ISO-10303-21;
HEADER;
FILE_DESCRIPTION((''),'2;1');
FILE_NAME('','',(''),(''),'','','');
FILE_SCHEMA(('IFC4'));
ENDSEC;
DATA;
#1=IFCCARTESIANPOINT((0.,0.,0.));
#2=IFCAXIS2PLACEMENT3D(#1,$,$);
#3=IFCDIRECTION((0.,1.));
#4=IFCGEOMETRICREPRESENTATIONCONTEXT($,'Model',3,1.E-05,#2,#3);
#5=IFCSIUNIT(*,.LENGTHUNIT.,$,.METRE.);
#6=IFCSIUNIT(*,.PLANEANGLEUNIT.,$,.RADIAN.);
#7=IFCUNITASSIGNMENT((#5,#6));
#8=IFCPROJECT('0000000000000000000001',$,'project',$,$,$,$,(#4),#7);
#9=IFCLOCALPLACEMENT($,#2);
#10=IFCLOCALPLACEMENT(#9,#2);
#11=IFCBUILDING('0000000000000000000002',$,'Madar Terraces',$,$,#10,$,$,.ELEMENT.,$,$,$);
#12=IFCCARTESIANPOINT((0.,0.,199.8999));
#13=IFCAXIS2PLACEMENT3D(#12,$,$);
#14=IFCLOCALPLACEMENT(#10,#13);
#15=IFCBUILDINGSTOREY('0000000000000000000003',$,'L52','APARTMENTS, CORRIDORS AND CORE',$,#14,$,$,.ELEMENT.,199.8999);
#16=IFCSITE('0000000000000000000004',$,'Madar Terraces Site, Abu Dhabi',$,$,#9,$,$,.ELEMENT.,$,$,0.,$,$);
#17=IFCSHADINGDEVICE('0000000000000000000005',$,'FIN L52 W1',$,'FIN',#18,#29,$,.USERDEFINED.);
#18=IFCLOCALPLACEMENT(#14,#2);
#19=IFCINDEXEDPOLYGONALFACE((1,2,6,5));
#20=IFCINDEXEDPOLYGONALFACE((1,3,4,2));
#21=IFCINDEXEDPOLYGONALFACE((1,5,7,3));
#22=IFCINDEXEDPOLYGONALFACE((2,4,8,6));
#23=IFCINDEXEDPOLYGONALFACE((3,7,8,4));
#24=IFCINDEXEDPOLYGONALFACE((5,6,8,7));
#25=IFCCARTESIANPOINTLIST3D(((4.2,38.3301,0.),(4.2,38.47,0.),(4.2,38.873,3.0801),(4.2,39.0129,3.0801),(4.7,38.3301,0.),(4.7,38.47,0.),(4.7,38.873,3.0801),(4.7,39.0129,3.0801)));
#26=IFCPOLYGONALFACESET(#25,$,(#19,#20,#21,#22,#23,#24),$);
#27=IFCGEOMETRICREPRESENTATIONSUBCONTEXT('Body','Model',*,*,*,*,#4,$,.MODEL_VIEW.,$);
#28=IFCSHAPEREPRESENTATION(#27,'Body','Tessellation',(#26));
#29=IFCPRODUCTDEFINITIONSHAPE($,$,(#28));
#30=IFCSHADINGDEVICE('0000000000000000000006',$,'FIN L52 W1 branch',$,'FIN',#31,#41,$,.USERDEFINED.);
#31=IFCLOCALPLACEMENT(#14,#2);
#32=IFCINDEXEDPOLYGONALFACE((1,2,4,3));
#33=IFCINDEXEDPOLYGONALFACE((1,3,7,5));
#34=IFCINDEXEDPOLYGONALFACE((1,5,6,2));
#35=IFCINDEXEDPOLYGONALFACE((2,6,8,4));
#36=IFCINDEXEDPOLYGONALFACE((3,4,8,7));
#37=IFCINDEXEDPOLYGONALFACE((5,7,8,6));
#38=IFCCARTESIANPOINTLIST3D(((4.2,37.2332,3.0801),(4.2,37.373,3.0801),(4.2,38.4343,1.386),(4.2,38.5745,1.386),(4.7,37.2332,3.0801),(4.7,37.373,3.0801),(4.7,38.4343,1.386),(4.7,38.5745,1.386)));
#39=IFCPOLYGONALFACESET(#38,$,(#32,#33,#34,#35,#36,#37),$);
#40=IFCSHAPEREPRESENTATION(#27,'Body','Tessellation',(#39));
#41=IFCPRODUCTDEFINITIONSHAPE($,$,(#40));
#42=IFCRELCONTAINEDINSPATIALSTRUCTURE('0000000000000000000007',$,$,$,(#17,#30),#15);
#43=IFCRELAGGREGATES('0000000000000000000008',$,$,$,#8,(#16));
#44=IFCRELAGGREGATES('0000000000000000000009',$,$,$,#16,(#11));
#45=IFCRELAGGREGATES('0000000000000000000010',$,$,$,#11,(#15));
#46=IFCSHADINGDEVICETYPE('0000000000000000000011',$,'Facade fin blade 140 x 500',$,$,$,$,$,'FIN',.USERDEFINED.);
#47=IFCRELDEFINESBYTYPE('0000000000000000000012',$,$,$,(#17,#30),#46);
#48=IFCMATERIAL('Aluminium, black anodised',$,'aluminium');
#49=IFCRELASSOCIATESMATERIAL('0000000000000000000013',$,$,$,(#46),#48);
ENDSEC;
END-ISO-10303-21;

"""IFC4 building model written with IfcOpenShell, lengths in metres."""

from ifc_helpers import new_model, si_unit, direction, frame, origin, place, context, subcontext, project, spatial, polyline, outline, extrude, material, type_object, element, save


model = new_model("IFC4")

# Units and contexts
model_context = context("Model", 3, precision=1e-05, world=origin(), true_north=direction((0.0, 1.0)))
body_context = subcontext(model_context, "Body", "Model", "MODEL_VIEW")
ifc_project = project(units=[si_unit("LENGTHUNIT", "METRE"), si_unit("PLANEANGLEUNIT", "RADIAN")], contexts=[model_context])

# Site, building, storey
site_placement = place(None, origin())
site = spatial("IfcSite", under=ifc_project, at=site_placement, Name="Madar Terraces Site, Abu Dhabi", CompositionType="ELEMENT", RefElevation=0.0)
building_placement = place(site_placement, origin())
building = spatial("IfcBuilding", under=site, at=building_placement, Name="Madar Terraces", CompositionType="ELEMENT")
storey_placement = place(building_placement, frame((0.0, 0.0, 199.8999)))
storey = spatial("IfcBuildingStorey", under=building, at=storey_placement, Name="L52", Description="APARTMENTS, CORRIDORS AND CORE", CompositionType="ELEMENT", Elevation=199.8999)

# Shading devices
ifc_material_1 = material(Name="Aluminium, black anodised", Category="aluminium")
shading_device_type = type_object("IfcShadingDeviceType", Name="Facade fin blade 140 x 500", ElementType="FIN", PredefinedType="USERDEFINED", material=ifc_material_1)
shading_device_1_placement = place(storey_placement, frame((4.45, 38.47, 0.0), z_axis=(0.0, 0.0, 1.0), x_axis=(0.0, -1.0, 0.0)))
element("IfcShadingDevice", 1, at=shading_device_1_placement, inside=storey, type_object=shading_device_type, Name="FIN L52 W1", ObjectType="FIN", PredefinedType="USERDEFINED", context=body_context, shape_type="SweptSolid", body=[
    extrude(outline(polyline([(0.0, 0.0), (0.1399, 0.0), (-0.4031, 3.0801), (-0.543, 3.0801), (0.0, 0.0)])), frame((0.0, 0.25, 0.0), z_axis=(0.0, -1.0, 0.0), x_axis=(1.0, 0.0, 0.0)), (0.0, 0.0, 1.0), 0.5),
])
shading_device_2_placement = place(storey_placement, frame((4.45, 38.5745, 1.386), z_axis=(0.0, 0.0, 1.0), x_axis=(0.0, -1.0, 0.0)))
element("IfcShadingDevice", 2, at=shading_device_2_placement, inside=storey, type_object=shading_device_type, Name="FIN L52 W1 branch", ObjectType="FIN", PredefinedType="USERDEFINED", context=body_context, shape_type="SweptSolid", body=[
    extrude(outline(polyline([(0.0, 0.0), (0.1401, 0.0), (1.3413, 1.6941), (1.2014, 1.6941), (0.0, 0.0)])), frame((0.0, 0.25, 0.0), z_axis=(0.0, -1.0, 0.0), x_axis=(1.0, 0.0, 0.0)), (0.0, 0.0, 1.0), 0.5),
])

save(model, "model.ifc")
